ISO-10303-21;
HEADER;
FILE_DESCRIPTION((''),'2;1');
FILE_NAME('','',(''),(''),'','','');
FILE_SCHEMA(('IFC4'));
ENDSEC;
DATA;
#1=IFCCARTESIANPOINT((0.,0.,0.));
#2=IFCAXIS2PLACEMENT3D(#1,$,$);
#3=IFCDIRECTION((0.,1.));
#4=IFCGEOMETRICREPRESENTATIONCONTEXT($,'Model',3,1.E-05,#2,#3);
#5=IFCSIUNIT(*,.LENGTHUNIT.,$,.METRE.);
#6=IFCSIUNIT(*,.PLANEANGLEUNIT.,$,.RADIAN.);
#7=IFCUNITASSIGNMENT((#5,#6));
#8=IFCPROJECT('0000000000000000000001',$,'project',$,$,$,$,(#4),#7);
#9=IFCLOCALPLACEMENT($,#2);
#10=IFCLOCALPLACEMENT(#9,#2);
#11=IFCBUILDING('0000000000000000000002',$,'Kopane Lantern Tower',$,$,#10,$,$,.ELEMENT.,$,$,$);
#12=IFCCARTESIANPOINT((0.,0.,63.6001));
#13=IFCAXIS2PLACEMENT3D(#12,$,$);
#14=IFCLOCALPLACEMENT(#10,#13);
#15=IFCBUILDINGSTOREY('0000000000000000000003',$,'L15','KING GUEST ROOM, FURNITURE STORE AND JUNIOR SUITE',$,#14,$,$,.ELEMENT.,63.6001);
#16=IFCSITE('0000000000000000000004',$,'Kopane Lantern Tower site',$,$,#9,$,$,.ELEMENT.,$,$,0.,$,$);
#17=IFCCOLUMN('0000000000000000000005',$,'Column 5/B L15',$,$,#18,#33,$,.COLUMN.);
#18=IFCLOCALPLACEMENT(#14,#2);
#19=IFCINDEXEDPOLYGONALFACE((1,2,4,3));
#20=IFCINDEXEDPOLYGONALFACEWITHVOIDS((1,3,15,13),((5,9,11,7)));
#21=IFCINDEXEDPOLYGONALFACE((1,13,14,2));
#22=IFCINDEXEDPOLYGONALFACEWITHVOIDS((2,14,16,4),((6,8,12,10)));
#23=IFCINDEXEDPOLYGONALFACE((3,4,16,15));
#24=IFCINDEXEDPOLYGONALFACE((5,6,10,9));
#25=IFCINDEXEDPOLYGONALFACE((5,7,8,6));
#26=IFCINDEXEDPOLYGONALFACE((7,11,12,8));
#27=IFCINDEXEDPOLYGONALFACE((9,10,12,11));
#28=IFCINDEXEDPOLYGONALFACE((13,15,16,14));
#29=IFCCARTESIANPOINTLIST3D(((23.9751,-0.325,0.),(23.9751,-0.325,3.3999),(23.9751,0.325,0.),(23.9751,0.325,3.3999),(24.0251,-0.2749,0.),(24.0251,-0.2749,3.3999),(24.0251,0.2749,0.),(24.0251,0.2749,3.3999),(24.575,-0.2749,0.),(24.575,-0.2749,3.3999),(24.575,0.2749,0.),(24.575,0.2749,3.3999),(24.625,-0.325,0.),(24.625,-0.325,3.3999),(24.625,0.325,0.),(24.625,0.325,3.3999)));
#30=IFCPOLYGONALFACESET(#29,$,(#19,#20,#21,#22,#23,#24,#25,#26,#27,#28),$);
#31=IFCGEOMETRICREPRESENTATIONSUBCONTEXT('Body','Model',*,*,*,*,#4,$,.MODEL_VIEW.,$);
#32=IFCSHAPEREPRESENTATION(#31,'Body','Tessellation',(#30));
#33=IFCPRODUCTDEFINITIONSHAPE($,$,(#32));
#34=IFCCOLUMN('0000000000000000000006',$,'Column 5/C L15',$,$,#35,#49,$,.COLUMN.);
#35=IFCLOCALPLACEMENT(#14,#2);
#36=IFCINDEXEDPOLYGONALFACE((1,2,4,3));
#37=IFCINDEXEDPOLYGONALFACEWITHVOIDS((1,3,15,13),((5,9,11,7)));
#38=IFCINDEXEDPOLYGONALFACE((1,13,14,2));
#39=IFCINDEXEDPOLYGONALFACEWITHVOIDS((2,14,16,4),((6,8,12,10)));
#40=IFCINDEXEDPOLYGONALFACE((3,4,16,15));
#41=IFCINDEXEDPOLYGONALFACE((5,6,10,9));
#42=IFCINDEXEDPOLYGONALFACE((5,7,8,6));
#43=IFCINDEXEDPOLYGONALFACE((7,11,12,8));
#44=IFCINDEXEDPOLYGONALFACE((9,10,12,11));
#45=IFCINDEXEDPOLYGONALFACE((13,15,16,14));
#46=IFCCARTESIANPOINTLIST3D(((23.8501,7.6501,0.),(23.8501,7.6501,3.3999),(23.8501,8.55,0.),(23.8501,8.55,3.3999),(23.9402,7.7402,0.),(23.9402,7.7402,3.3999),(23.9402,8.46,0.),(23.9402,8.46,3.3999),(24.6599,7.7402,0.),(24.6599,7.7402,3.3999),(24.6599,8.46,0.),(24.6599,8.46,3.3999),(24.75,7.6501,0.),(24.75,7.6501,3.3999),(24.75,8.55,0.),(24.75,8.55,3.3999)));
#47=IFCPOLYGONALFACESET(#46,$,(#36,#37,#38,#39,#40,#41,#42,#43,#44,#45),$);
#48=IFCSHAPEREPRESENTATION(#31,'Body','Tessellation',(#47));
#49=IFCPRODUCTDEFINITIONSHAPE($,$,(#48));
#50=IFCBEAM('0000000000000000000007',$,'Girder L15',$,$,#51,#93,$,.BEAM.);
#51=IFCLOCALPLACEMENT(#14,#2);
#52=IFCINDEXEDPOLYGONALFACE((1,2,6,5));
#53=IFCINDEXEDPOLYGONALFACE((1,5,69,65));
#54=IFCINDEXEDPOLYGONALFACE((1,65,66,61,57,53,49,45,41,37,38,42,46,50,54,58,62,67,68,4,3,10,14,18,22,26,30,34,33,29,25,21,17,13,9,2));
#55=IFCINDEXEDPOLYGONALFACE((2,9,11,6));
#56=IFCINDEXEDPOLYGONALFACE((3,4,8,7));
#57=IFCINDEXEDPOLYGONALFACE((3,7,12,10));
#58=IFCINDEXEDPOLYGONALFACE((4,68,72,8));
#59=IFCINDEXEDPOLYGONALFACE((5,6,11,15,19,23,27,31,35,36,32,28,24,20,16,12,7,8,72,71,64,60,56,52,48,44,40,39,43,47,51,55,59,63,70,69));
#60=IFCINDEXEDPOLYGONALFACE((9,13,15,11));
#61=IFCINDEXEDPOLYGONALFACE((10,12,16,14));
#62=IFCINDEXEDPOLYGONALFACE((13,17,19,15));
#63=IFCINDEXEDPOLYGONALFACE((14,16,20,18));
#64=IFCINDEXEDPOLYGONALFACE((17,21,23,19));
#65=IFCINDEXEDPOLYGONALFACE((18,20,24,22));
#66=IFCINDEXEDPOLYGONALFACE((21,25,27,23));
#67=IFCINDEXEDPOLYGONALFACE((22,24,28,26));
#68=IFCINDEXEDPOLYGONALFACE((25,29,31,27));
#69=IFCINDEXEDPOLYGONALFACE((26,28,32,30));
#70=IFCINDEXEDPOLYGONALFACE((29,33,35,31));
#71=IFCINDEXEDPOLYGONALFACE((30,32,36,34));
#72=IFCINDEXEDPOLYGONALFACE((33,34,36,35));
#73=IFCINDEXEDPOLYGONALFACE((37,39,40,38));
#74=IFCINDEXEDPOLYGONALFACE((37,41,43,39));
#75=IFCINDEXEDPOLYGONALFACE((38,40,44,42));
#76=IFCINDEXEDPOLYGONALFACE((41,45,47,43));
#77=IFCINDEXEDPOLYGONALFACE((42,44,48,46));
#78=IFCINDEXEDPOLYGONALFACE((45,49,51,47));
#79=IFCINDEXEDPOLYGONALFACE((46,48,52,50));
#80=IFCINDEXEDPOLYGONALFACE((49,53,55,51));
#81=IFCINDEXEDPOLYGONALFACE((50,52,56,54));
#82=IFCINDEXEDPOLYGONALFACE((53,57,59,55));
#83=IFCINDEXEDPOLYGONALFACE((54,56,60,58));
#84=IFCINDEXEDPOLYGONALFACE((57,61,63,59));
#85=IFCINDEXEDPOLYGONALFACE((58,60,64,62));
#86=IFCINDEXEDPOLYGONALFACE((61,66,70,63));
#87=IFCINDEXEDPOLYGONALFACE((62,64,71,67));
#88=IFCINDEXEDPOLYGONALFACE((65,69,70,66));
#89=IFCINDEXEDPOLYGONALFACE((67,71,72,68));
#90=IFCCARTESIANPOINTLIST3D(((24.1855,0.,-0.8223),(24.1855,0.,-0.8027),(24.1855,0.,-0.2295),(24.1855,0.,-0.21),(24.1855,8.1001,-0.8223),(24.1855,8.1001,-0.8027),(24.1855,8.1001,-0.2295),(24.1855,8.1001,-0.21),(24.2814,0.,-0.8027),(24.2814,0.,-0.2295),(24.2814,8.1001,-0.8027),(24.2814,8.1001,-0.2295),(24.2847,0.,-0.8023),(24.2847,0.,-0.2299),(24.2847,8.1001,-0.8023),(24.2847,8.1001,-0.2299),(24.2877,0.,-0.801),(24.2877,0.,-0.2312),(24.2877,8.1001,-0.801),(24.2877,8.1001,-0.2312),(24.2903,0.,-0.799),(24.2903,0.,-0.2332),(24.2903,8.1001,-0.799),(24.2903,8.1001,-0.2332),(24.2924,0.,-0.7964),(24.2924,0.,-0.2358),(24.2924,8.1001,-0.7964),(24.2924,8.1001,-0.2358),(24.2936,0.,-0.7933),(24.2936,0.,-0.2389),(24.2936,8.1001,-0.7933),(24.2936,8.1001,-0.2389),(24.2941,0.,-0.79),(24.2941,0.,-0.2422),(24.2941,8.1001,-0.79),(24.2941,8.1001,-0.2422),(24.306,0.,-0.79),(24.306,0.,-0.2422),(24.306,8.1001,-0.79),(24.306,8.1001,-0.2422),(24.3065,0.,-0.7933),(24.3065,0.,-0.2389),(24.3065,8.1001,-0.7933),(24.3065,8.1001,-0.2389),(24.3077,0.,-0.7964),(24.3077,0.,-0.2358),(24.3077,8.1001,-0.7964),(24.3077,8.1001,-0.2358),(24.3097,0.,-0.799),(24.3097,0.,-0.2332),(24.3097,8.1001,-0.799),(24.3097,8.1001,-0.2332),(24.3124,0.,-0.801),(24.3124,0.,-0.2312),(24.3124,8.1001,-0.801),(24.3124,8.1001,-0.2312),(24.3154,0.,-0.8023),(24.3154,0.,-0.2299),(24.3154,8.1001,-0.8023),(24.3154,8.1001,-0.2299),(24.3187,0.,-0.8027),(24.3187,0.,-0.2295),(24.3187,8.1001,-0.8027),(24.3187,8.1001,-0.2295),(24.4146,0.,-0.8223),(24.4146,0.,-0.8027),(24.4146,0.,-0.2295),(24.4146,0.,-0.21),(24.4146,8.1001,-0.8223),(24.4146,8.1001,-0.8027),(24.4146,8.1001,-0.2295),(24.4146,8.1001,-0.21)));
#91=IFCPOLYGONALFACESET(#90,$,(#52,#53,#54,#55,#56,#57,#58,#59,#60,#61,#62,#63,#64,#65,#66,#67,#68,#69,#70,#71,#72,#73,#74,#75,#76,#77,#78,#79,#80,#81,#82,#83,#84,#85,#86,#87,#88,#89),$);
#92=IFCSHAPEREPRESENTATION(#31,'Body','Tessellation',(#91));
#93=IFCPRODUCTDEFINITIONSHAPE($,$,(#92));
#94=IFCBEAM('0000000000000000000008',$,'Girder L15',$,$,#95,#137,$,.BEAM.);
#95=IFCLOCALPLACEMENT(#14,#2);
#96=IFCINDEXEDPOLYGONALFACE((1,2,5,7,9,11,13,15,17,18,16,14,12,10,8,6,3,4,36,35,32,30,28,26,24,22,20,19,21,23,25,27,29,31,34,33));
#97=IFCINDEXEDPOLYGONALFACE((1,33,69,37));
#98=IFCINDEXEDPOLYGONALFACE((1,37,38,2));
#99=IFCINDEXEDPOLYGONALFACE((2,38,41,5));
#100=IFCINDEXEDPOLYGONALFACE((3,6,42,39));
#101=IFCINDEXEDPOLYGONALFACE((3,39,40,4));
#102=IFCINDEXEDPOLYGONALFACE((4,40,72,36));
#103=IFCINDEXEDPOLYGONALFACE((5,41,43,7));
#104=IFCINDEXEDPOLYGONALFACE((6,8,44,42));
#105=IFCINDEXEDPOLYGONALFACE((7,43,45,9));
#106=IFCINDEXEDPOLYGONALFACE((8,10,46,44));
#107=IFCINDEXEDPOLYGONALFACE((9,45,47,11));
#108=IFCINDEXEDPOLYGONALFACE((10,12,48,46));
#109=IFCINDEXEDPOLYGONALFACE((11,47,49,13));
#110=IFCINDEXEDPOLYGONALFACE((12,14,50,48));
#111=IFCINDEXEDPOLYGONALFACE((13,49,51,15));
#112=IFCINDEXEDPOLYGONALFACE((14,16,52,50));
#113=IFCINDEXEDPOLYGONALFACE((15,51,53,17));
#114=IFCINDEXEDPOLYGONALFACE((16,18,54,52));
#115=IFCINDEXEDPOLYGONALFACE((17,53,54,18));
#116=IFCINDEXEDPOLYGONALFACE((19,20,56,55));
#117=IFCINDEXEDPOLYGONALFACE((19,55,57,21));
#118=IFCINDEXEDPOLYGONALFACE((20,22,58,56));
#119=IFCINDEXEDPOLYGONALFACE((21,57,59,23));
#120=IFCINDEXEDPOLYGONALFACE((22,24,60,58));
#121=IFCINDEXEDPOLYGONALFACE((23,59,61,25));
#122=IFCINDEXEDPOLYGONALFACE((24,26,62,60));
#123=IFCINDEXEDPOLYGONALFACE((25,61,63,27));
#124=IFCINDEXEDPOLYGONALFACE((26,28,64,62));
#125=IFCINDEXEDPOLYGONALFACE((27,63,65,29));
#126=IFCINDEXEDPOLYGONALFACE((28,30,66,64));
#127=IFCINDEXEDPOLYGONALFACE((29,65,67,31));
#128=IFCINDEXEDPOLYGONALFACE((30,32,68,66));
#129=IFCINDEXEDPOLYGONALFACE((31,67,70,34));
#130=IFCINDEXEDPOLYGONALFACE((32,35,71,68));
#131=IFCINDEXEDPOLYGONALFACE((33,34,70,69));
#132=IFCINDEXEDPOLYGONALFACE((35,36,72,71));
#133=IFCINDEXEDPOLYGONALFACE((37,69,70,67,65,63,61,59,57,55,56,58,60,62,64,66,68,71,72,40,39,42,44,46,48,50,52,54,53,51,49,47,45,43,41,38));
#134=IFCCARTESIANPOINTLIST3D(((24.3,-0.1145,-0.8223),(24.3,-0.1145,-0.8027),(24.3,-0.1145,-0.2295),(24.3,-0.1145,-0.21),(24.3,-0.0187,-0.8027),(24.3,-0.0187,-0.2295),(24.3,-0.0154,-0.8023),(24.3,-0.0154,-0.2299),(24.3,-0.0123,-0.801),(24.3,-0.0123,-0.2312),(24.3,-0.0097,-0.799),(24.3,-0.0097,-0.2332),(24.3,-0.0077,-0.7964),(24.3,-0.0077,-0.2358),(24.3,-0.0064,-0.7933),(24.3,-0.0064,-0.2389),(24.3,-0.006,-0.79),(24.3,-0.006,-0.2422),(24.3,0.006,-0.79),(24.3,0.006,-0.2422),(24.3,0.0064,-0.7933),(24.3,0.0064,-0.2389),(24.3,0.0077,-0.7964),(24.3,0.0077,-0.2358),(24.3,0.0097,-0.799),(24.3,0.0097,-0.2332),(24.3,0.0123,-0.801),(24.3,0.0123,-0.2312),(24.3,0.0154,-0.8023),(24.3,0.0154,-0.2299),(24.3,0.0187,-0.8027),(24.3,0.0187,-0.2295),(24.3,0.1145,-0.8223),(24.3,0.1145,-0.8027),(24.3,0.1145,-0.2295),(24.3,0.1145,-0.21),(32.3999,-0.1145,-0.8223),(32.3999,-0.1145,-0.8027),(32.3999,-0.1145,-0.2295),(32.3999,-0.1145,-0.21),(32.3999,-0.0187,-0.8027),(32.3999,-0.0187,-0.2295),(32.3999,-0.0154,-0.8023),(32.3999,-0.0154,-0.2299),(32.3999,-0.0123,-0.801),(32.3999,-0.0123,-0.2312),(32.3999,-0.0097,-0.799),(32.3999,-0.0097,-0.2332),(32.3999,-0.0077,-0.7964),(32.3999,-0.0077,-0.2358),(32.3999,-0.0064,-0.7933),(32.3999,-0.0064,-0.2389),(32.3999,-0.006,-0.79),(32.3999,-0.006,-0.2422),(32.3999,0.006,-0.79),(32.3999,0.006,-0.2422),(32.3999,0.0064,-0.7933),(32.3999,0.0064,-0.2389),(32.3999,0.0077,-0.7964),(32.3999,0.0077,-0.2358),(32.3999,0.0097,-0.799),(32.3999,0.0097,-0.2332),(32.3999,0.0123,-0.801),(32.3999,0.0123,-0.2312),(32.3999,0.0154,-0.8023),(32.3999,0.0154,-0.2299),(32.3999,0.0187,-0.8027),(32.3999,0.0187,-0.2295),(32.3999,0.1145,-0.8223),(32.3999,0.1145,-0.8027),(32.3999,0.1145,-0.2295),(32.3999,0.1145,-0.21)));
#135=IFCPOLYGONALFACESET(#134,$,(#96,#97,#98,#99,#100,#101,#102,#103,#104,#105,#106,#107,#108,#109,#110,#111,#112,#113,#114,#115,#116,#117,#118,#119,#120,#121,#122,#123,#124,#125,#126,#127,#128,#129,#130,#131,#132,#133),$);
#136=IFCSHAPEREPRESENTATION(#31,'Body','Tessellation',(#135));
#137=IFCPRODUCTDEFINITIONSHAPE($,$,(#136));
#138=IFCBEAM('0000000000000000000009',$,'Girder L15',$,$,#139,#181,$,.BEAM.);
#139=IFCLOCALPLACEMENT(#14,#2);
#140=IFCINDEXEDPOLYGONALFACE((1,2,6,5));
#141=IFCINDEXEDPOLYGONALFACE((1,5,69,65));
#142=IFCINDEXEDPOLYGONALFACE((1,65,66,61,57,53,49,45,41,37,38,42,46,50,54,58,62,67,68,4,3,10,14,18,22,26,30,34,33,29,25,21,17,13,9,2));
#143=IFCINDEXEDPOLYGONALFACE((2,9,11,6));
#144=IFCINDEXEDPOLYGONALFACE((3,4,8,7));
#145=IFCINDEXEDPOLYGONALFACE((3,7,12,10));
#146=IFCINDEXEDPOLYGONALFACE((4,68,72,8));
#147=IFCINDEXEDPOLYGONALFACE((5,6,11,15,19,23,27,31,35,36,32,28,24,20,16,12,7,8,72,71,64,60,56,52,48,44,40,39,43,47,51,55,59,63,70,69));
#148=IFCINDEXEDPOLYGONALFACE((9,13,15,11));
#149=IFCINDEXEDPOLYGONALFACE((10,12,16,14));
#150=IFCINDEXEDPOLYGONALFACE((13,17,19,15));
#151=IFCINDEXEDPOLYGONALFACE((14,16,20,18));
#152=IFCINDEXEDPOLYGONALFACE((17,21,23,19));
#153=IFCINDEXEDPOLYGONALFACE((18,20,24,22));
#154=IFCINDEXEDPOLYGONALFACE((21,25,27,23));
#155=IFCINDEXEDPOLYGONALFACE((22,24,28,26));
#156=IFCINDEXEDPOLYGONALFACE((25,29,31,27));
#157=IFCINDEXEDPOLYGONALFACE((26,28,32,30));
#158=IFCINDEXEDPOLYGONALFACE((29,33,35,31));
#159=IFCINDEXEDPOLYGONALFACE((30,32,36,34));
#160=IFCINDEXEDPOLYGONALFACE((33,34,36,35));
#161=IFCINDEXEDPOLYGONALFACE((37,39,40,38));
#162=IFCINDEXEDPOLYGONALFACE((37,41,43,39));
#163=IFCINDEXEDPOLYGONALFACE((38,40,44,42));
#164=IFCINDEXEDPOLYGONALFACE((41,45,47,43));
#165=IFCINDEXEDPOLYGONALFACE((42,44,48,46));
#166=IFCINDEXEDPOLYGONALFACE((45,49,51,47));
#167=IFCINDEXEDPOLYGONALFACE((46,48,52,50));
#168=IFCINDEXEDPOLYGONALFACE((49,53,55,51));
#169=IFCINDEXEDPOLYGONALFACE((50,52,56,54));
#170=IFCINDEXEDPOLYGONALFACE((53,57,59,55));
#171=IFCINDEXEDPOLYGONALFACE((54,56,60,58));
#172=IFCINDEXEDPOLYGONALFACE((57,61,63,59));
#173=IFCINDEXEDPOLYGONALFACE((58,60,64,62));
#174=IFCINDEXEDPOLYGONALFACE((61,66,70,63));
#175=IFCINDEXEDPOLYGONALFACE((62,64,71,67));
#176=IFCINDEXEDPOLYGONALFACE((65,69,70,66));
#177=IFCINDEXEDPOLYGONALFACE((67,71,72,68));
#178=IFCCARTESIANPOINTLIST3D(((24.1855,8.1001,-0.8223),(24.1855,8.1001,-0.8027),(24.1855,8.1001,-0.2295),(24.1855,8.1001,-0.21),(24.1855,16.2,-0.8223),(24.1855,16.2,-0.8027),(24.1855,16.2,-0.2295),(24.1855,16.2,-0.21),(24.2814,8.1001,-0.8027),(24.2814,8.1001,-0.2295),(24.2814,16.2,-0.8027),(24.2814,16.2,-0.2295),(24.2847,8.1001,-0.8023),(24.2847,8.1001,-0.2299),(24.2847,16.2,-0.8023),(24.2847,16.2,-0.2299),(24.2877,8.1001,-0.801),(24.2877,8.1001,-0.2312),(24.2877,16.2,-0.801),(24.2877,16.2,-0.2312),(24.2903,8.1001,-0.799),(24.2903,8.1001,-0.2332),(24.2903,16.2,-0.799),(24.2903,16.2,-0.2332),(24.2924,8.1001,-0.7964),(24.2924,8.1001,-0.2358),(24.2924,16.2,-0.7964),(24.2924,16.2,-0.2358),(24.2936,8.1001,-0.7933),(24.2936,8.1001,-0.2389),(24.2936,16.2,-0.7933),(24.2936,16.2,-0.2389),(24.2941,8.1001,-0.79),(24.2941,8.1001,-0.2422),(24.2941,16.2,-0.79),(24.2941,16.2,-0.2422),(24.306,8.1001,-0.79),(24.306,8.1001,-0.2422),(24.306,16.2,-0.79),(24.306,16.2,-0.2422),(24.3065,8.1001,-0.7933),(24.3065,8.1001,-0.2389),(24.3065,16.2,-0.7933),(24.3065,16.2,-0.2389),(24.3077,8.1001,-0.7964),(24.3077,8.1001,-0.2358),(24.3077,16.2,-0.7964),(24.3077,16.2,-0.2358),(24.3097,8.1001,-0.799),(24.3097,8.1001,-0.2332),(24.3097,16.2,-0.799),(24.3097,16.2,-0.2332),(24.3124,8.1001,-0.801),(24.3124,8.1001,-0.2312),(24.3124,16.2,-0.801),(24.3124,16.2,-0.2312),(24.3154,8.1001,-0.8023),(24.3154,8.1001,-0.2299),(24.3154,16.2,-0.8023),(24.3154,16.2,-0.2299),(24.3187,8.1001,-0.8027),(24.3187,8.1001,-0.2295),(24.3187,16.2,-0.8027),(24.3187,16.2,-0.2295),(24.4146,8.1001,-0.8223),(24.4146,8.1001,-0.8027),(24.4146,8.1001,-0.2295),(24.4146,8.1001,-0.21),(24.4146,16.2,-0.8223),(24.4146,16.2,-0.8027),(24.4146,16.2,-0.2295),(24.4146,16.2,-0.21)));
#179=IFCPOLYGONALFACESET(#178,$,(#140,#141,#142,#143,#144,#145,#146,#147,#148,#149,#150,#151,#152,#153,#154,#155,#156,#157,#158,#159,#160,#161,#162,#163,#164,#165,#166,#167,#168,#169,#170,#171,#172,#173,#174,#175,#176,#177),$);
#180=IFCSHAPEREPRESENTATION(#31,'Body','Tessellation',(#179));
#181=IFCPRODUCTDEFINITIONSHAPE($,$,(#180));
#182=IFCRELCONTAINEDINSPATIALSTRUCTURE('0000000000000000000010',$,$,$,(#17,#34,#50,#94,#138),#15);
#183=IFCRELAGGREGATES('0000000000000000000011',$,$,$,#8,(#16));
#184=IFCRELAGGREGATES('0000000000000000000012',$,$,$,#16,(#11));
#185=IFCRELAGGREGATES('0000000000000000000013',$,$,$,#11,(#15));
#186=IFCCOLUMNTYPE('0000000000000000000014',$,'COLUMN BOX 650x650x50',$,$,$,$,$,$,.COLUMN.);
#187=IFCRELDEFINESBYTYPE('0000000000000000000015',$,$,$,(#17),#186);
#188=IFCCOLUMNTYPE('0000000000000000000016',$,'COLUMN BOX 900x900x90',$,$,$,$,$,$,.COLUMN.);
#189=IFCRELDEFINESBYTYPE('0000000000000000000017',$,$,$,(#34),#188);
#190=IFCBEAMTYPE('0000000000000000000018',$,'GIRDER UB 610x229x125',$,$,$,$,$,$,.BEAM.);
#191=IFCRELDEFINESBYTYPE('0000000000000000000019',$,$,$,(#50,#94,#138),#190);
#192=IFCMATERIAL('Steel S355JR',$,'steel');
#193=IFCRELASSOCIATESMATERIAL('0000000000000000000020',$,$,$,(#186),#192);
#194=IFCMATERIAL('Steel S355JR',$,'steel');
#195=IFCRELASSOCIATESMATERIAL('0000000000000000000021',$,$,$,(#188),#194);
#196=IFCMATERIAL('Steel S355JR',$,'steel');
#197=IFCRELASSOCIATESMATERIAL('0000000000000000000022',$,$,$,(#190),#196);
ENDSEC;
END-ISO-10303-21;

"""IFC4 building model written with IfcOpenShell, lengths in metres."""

from ifc_helpers import new_model, si_unit, direction, frame, origin, origin_2d, place, context, subcontext, project, spatial, hollow_rectangle, i_section, extrude, material, material_profile, profile_set, type_object, element, save


model = new_model("IFC4")

# Units and contexts
model_context = context("Model", 3, precision=1e-05, world=origin(), true_north=direction((0.0, 1.0)))
body_context = subcontext(model_context, "Body", "Model", "MODEL_VIEW")
ifc_project = project(units=[si_unit("LENGTHUNIT", "METRE"), si_unit("PLANEANGLEUNIT", "RADIAN")], contexts=[model_context])

# Site, building, storey
site_placement = place(None, origin())
site = spatial("IfcSite", under=ifc_project, at=site_placement, Name="Kopane Lantern Tower site", CompositionType="ELEMENT", RefElevation=0.0)
building_placement = place(site_placement, origin())
building = spatial("IfcBuilding", under=site, at=building_placement, Name="Kopane Lantern Tower", CompositionType="ELEMENT")
storey_placement = place(building_placement, frame((0.0, 0.0, 63.6001)))
storey = spatial("IfcBuildingStorey", under=building, at=storey_placement, Name="L15", Description="KING GUEST ROOM, FURNITURE STORE AND JUNIOR SUITE", CompositionType="ELEMENT", Elevation=63.6001)

# Columns
ifc_material_1 = material(Name="Steel S355JR", Category="steel")
ifc_material_profile_1 = material_profile(ifc_material_1, hollow_rectangle(XDim=0.6499, YDim=0.6499, WallThickness=0.05, at=origin_2d()), Name="BOX 650x650x50")
ifc_profile_set_1 = profile_set([ifc_material_profile_1], Name="Steel S355JR")
column_type_1 = type_object("IfcColumnType", Name="COLUMN BOX 650x650x50", PredefinedType="COLUMN", material=ifc_profile_set_1)
column_1_placement = place(storey_placement, frame((24.3, 0.0, 0.0), z_axis=(0.0, 0.0, 1.0), x_axis=(1.0, 0.0, 0.0)))
element("IfcColumn", 1, at=column_1_placement, inside=storey, type_object=column_type_1, Name="Column 5/B L15", PredefinedType="COLUMN", context=body_context, shape_type="SweptSolid", body=[
    extrude(hollow_rectangle(XDim=0.6499, YDim=0.6499, WallThickness=0.05, at=origin_2d()), origin(), (0.0, 0.0, 1.0), 3.3999),
])
ifc_material_2 = material(Name="Steel S355JR", Category="steel")
ifc_material_profile_2 = material_profile(ifc_material_2, hollow_rectangle(XDim=0.8999, YDim=0.8999, WallThickness=0.0901, at=origin_2d()), Name="BOX 900x900x90")
ifc_profile_set_2 = profile_set([ifc_material_profile_2], Name="Steel S355JR")
column_type_2 = type_object("IfcColumnType", Name="COLUMN BOX 900x900x90", PredefinedType="COLUMN", material=ifc_profile_set_2)
column_2_placement = place(storey_placement, frame((24.3, 8.1001, 0.0), z_axis=(0.0, 0.0, 1.0), x_axis=(1.0, 0.0, 0.0)))
element("IfcColumn", 2, at=column_2_placement, inside=storey, type_object=column_type_2, Name="Column 5/C L15", PredefinedType="COLUMN", context=body_context, shape_type="SweptSolid", body=[
    extrude(hollow_rectangle(XDim=0.8999, YDim=0.8999, WallThickness=0.0901, at=origin_2d()), origin(), (0.0, 0.0, 1.0), 3.3999),
])

# Beams
ifc_material_3 = material(Name="Steel S355JR", Category="steel")
ifc_material_profile_3 = material_profile(ifc_material_3, i_section(OverallWidth=0.229, OverallDepth=0.6123, WebThickness=0.012, FlangeThickness=0.0195, FilletRadius=0.0127, at=origin_2d()), Name="UB 610x229x125")
ifc_profile_set_3 = profile_set([ifc_material_profile_3], Name="Steel S355JR")
beam_type = type_object("IfcBeamType", Name="GIRDER UB 610x229x125", PredefinedType="BEAM", material=ifc_profile_set_3)
beam_placement = place(storey_placement, frame((24.3, 0.0, -0.5161), z_axis=(0.0, 1.0, 0.0), x_axis=(-1.0, 0.0, 0.0)))
element("IfcBeam", 3, at=beam_placement, inside=storey, type_object=beam_type, Name="Girder L15", PredefinedType="BEAM", context=body_context, shape_type="SweptSolid", body=[
    extrude(i_section(OverallWidth=0.229, OverallDepth=0.6123, WebThickness=0.012, FlangeThickness=0.0195, FilletRadius=0.0127, at=origin_2d()), origin(), (0.0, 0.0, 1.0), 8.1001),
])
for number, where, z_axis, x_axis, name in (
    (4, (24.3, 0.0, -0.5161), (1.0, 0.0, 0.0), (0.0, 1.0, 0.0), "Girder L15"),
    (5, (24.3, 8.1001, -0.5161), (0.0, 1.0, 0.0), (-1.0, 0.0, 0.0), "Girder L15"),
):
    element("IfcBeam", number, at=place(storey_placement, frame(where, z_axis=z_axis, x_axis=x_axis)), inside=storey, type_object=beam_type, Name=name, PredefinedType="BEAM", context=body_context, shape_type="SweptSolid", body=[
        extrude(i_section(OverallWidth=0.229, OverallDepth=0.6123, WebThickness=0.012, FlangeThickness=0.0195, FilletRadius=0.0127, at=origin_2d()), origin(), (0.0, 0.0, 1.0), 8.0999),
    ])

save(model, "model.ifc")
